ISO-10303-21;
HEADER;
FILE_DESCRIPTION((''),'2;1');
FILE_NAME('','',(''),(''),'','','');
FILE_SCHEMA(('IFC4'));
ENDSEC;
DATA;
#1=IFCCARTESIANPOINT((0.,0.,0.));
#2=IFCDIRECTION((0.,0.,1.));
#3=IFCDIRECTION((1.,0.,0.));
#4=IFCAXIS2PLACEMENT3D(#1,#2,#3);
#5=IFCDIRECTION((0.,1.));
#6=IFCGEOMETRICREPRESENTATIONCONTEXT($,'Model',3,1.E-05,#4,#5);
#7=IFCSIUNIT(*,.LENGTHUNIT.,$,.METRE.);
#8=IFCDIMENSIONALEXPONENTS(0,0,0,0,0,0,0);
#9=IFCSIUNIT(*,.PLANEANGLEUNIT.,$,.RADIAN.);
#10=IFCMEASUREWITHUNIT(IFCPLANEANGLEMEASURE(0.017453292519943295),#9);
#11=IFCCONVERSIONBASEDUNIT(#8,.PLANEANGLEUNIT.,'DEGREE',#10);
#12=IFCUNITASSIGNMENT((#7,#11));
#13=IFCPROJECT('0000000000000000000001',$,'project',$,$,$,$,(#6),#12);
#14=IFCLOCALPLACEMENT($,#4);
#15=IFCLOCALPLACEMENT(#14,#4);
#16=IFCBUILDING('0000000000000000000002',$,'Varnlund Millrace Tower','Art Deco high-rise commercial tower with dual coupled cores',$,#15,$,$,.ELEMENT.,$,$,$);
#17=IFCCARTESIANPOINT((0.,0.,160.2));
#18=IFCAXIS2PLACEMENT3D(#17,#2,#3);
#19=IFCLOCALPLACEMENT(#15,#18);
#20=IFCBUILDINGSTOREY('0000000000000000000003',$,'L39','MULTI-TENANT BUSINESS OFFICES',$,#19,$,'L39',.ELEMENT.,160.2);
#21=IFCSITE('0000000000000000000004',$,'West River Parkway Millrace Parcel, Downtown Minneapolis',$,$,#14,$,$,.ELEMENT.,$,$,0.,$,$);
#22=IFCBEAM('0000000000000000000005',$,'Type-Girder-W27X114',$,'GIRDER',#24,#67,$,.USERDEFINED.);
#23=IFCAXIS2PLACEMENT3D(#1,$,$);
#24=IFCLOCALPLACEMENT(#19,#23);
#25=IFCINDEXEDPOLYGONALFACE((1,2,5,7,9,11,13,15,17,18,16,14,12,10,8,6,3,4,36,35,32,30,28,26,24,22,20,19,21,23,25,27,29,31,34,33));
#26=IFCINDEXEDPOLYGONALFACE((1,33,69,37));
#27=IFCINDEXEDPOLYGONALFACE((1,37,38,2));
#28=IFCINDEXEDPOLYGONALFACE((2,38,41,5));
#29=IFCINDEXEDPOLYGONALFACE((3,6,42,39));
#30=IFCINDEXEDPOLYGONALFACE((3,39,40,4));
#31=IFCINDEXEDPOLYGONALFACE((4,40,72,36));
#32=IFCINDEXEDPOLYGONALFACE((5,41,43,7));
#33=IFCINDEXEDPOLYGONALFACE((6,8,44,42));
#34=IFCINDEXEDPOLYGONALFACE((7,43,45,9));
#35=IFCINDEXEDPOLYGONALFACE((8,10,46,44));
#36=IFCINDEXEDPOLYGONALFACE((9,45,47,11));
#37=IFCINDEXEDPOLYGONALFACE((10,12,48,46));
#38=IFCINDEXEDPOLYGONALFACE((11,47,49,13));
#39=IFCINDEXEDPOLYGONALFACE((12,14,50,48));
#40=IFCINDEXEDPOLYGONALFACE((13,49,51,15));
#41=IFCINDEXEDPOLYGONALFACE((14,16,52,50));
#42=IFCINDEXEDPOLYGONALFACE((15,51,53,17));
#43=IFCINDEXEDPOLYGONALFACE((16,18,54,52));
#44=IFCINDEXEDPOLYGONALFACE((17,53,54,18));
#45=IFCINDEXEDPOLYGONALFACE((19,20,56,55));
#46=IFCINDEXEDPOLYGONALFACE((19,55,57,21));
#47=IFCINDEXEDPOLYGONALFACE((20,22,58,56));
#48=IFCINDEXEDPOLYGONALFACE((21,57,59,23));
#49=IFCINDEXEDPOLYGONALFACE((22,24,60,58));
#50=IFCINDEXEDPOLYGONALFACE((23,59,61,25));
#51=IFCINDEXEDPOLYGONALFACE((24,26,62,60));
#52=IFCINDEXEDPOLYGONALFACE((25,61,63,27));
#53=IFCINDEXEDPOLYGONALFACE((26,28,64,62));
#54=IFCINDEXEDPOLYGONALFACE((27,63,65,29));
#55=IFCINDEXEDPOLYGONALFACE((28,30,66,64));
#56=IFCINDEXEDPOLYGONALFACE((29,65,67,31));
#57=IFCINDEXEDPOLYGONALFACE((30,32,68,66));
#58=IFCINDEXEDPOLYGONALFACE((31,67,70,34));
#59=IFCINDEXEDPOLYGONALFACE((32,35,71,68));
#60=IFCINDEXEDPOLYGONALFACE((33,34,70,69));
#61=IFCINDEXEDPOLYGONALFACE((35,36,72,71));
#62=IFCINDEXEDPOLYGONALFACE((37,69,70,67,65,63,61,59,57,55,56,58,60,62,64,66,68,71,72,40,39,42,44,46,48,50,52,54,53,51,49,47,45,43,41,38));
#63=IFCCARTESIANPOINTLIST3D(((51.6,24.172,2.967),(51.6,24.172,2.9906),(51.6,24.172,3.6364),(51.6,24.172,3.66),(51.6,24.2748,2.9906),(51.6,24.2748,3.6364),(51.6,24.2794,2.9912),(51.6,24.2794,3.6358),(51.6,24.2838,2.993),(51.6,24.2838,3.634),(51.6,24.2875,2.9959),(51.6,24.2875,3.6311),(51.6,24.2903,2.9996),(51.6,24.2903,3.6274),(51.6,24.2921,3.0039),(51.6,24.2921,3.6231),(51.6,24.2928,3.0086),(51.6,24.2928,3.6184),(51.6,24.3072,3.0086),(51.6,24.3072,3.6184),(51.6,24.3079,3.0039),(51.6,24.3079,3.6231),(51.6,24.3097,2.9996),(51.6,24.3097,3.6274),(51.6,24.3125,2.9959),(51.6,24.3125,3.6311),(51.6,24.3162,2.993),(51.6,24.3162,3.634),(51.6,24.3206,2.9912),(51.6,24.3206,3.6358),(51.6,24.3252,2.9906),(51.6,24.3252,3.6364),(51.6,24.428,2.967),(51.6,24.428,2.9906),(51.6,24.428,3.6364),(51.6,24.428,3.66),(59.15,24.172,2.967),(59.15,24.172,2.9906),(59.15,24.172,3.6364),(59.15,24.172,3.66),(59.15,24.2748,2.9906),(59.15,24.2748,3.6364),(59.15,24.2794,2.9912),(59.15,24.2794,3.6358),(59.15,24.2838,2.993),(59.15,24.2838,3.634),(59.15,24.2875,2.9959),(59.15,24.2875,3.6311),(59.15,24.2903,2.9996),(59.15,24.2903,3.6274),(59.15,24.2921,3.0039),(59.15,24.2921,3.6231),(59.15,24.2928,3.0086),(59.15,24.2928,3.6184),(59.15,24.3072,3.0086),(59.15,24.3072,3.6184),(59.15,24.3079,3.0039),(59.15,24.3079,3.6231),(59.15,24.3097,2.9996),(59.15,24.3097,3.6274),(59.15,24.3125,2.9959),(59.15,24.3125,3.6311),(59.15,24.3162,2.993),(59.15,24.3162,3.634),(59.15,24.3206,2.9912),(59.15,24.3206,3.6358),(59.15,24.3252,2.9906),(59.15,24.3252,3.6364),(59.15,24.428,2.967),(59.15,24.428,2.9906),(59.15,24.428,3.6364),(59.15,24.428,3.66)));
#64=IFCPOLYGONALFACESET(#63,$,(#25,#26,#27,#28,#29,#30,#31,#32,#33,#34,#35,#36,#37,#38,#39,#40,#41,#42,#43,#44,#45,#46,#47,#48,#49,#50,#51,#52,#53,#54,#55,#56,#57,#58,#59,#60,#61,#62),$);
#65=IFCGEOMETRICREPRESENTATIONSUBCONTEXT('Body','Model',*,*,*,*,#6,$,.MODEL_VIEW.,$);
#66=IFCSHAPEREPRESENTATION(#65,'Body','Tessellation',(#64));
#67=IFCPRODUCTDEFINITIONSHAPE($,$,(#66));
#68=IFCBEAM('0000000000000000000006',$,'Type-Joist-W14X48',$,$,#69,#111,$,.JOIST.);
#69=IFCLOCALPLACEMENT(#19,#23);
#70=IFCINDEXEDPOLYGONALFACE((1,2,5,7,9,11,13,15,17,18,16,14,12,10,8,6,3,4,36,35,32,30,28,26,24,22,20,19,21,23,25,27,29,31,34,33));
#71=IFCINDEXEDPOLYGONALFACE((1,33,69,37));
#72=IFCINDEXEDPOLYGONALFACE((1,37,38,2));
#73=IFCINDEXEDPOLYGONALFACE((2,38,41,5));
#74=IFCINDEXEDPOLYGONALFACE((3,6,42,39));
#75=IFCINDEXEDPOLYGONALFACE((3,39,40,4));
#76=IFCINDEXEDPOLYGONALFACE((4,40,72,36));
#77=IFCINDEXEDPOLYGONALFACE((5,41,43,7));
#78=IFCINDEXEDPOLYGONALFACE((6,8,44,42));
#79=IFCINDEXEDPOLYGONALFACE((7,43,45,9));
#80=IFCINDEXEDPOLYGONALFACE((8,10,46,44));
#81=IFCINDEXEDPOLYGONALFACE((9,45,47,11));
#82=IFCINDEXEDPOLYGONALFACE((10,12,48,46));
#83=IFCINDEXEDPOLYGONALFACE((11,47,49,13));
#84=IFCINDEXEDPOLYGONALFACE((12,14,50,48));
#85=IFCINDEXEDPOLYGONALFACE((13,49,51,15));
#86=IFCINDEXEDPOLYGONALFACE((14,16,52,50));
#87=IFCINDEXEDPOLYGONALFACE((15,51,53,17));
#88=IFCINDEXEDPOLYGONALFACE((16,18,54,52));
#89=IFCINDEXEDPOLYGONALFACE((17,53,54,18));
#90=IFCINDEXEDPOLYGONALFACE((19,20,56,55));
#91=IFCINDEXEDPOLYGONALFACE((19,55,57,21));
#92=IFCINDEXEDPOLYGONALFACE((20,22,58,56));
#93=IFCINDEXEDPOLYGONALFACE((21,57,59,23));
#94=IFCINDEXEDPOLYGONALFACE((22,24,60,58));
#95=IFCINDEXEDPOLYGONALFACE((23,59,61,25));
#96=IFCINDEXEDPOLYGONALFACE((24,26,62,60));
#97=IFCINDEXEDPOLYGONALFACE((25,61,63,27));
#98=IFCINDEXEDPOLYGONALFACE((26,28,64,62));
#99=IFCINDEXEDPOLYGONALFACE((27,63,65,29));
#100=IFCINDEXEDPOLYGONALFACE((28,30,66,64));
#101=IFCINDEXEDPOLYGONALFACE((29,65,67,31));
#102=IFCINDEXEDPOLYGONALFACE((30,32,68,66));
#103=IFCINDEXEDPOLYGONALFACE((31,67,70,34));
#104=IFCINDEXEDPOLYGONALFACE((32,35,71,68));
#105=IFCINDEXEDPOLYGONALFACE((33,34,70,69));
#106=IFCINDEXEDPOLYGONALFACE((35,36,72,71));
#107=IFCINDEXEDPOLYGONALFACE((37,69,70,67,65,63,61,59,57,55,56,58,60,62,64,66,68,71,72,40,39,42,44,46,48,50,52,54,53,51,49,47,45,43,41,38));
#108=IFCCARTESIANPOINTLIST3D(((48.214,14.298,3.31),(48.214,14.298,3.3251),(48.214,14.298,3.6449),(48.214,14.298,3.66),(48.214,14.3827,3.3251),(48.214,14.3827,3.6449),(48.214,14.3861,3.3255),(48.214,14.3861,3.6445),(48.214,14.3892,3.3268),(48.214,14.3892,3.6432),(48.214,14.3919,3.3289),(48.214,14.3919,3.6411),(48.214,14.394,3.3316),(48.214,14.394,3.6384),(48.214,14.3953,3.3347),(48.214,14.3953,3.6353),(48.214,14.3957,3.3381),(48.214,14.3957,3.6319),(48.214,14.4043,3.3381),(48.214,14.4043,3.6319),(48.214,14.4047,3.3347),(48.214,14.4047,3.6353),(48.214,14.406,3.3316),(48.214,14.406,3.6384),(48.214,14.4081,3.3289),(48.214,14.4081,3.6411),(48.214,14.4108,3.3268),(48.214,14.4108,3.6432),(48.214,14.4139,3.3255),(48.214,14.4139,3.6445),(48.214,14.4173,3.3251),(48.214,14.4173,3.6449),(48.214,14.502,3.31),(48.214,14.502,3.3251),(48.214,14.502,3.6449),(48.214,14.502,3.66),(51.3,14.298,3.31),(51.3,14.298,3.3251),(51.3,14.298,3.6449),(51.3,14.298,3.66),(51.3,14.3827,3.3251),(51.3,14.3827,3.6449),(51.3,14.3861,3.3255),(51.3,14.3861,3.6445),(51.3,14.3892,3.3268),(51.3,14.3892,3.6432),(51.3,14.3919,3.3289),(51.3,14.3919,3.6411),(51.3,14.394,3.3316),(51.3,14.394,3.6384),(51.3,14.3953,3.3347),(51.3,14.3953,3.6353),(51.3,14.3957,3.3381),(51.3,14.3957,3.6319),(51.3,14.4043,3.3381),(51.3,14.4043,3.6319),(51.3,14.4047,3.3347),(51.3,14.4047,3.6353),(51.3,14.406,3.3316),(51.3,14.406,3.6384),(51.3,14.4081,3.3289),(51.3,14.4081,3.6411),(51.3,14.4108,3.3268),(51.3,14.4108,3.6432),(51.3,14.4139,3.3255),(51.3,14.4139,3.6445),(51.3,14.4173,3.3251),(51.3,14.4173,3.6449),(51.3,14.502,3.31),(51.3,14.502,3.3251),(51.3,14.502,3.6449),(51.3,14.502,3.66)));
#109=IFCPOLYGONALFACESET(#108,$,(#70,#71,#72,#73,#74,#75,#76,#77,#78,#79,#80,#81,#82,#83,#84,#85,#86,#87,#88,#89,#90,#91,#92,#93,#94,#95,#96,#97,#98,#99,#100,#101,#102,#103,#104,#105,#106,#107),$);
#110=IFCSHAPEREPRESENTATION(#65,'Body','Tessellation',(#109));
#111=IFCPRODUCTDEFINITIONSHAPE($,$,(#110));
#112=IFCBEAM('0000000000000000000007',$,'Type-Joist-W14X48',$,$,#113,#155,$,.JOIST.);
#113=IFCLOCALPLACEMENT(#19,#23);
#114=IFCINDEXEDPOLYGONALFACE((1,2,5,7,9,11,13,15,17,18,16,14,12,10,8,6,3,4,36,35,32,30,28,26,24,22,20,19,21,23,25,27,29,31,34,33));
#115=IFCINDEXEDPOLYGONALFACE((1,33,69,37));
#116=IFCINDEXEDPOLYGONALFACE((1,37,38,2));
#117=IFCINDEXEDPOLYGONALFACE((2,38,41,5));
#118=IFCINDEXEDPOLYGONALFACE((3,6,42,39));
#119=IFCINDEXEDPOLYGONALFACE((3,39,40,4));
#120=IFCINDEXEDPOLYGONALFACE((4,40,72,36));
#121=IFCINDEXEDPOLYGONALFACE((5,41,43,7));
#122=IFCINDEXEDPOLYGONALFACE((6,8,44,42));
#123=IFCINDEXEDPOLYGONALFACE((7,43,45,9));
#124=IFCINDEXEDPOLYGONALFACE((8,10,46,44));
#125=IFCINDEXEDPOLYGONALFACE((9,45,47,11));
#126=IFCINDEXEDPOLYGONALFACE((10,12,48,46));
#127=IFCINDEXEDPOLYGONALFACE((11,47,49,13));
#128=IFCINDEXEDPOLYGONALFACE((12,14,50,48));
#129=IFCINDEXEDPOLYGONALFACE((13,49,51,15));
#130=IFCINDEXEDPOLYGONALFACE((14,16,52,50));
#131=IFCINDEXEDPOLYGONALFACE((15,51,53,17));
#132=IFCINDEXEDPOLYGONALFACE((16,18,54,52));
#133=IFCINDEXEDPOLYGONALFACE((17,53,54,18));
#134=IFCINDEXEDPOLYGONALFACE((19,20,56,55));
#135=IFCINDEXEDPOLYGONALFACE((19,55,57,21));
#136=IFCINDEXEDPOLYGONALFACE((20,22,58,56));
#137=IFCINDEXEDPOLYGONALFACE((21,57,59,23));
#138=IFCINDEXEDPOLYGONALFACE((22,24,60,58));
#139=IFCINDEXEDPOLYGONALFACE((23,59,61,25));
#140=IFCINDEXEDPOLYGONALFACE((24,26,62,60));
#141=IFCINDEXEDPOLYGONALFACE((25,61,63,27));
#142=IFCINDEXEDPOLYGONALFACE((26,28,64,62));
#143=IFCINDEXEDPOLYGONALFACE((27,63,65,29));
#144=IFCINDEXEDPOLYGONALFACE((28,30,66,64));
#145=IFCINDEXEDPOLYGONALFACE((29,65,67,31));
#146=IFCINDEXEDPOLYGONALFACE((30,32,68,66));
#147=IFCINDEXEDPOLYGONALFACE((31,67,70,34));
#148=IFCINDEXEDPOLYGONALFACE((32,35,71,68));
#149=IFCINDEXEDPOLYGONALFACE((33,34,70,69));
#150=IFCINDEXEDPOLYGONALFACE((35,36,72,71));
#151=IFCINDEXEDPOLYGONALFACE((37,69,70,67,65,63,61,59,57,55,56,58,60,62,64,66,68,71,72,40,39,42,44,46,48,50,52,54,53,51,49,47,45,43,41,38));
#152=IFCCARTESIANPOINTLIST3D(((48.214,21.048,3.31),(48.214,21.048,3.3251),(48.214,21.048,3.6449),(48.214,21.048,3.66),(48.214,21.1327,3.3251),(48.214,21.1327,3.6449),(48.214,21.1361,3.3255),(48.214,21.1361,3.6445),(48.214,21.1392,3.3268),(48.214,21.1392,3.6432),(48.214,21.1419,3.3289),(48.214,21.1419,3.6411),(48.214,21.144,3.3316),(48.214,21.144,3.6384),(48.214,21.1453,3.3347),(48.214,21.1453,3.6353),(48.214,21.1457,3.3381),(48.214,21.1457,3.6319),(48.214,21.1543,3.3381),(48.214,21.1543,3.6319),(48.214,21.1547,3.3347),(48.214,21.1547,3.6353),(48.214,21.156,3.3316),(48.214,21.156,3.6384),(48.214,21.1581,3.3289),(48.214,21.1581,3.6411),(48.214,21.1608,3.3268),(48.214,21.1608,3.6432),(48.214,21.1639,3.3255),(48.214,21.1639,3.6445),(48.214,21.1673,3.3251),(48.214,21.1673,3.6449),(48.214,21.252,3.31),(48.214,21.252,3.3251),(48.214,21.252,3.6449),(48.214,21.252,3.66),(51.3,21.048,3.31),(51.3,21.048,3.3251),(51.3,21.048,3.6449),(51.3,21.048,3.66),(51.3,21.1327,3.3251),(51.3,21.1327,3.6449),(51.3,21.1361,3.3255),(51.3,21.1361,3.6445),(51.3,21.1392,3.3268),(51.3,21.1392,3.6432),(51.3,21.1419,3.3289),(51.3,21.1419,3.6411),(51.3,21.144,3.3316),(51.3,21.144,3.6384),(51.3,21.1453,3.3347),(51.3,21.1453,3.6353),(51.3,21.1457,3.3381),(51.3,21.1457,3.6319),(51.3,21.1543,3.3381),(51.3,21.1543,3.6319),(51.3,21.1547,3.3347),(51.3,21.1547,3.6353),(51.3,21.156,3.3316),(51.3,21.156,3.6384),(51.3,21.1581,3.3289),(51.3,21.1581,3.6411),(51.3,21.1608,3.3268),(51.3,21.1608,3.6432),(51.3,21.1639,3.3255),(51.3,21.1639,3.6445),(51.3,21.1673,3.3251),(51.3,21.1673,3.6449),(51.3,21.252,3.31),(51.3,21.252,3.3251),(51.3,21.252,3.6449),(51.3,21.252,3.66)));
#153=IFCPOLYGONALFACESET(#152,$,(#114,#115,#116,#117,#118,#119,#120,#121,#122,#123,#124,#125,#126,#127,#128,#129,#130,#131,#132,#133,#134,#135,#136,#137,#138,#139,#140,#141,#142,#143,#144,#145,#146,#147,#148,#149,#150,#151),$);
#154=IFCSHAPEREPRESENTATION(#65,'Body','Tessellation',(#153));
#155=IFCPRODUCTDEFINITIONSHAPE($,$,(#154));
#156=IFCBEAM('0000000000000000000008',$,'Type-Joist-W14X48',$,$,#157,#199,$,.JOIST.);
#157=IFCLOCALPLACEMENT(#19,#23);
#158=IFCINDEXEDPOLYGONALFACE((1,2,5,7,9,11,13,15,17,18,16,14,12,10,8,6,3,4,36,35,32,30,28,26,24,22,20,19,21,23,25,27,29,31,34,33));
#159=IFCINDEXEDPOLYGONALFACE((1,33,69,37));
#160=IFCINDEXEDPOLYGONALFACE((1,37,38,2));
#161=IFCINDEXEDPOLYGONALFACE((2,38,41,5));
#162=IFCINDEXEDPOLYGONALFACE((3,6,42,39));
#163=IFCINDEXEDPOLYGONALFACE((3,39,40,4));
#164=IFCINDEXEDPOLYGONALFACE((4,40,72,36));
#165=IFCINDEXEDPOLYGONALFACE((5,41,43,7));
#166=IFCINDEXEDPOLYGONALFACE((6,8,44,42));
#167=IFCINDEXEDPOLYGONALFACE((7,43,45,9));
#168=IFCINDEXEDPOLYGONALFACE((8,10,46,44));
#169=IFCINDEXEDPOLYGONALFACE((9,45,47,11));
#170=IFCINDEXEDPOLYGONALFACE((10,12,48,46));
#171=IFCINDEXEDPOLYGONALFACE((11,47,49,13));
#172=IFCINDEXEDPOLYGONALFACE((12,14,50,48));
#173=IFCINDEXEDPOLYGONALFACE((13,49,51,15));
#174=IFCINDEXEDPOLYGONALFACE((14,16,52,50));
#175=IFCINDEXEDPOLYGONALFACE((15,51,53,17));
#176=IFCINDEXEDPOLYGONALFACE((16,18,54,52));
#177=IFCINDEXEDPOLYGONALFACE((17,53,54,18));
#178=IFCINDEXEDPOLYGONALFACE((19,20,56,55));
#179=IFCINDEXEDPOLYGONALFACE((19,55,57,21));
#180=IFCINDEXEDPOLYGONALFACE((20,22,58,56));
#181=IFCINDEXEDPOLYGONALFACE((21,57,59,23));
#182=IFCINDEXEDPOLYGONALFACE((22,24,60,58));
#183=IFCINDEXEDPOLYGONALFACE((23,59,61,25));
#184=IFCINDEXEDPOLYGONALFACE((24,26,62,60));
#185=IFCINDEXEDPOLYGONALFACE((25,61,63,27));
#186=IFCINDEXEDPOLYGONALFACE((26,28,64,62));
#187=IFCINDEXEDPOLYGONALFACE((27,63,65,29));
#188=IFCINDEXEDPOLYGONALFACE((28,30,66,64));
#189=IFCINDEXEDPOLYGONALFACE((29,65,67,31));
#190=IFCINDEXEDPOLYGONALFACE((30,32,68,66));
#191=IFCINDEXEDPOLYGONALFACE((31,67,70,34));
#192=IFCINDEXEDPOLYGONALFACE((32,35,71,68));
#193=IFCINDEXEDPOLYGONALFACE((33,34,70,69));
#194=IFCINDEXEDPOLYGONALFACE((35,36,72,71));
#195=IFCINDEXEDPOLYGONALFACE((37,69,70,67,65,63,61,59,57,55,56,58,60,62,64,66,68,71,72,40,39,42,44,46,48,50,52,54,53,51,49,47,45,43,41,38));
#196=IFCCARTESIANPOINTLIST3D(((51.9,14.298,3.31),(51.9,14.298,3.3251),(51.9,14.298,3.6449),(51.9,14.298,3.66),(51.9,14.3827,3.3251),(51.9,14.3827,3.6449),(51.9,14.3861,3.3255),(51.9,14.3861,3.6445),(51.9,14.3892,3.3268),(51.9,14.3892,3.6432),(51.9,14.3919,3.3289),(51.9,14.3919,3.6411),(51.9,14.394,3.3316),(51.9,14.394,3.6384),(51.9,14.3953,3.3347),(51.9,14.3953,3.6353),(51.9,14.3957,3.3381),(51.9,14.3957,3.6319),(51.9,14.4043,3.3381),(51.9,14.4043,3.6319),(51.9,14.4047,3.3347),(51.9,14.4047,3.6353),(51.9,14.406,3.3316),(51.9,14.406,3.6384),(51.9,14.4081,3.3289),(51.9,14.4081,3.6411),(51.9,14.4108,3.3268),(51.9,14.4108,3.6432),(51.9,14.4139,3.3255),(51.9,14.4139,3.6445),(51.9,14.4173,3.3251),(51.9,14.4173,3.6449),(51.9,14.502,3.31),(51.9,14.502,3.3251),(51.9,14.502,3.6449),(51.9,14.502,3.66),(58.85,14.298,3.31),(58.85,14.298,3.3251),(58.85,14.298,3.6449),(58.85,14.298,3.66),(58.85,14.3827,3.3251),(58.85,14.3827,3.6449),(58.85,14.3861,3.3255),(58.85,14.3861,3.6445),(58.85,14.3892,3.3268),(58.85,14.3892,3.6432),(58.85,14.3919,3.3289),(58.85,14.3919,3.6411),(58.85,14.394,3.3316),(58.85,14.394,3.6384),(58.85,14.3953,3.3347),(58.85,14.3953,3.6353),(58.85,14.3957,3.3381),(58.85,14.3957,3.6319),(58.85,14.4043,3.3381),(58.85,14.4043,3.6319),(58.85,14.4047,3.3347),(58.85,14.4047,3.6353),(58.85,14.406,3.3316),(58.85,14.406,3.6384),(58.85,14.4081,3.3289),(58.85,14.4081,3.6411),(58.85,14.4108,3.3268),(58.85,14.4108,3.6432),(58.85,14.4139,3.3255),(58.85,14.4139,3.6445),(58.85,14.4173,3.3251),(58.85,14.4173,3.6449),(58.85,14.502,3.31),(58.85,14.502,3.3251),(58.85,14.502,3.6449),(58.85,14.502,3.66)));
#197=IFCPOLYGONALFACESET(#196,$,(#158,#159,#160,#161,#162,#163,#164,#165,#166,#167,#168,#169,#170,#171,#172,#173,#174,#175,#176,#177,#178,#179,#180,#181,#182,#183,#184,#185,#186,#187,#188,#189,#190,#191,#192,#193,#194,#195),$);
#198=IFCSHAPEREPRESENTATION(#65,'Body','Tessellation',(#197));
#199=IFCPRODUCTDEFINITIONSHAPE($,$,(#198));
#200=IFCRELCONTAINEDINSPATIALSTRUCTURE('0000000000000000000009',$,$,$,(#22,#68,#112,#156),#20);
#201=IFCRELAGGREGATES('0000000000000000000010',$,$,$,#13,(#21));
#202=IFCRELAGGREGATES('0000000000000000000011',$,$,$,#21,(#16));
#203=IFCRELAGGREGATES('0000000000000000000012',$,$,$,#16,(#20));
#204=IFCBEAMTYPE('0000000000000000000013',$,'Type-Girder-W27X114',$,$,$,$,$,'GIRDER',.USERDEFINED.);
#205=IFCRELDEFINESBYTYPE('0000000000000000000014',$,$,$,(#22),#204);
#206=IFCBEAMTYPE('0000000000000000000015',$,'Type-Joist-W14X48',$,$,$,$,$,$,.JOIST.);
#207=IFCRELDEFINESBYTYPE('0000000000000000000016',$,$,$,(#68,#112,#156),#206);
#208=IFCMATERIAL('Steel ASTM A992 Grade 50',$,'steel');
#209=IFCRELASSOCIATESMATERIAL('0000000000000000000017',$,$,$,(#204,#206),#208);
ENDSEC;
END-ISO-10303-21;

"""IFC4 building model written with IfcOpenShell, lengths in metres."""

from ifc_helpers import new_model, entity, si_unit, converted_unit, direction, frame, origin_with_axes, origin_2d_with_axis, place, context, subcontext, project, spatial, i_section, extrude, material, material_profile, profile_set, type_object, element, save


model = new_model("IFC4")

# Units and contexts
model_context = context("Model", 3, precision=1e-05, world=origin_with_axes(), true_north=direction((0.0, 1.0)))
body_context = subcontext(model_context, "Body", "Model", "MODEL_VIEW")
ifc_project = project(units=[si_unit("LENGTHUNIT", "METRE"), converted_unit("PLANEANGLEUNIT", "DEGREE", entity("IfcPlaneAngleMeasure", 0.017453292519943295), si_unit("PLANEANGLEUNIT", "RADIAN"), dimensions=[0, 0, 0, 0, 0, 0, 0])], contexts=[model_context])

# Site, building, storey
site_placement = place(None, origin_with_axes())
site = spatial("IfcSite", under=ifc_project, at=site_placement, Name="West River Parkway Millrace Parcel, Downtown Minneapolis", CompositionType="ELEMENT", RefElevation=0.0)
building_placement = place(site_placement, origin_with_axes())
building = spatial("IfcBuilding", under=site, at=building_placement, Name="Varnlund Millrace Tower", Description="Art Deco high-rise commercial tower with dual coupled cores", CompositionType="ELEMENT")
storey_placement = place(building_placement, frame((0.0, 0.0, 160.2), z_axis=(0.0, 0.0, 1.0), x_axis=(1.0, 0.0, 0.0)))
storey = spatial("IfcBuildingStorey", under=building, at=storey_placement, Name="L39", Description="MULTI-TENANT BUSINESS OFFICES", LongName="L39", CompositionType="ELEMENT", Elevation=160.2)

# Beams
ifc_material_1 = material(Name="Steel ASTM A992 Grade 50", Category="steel")
ifc_material_profile_1 = material_profile(ifc_material_1, i_section(OverallWidth=0.256, OverallDepth=0.693, WebThickness=0.0145, FlangeThickness=0.0236, FilletRadius=0.018, at=origin_2d_with_axis()), Name="Steel ASTM A992 Grade 50")
ifc_profile_set_1 = profile_set([ifc_material_profile_1], Name="Steel ASTM A992 Grade 50")
beam_type_1 = type_object("IfcBeamType", Name="Type-Girder-W27X114", ElementType="GIRDER", PredefinedType="USERDEFINED", material=ifc_profile_set_1)
beam_1_placement = place(storey_placement, frame((51.6, 24.3, 3.3135), z_axis=(1.0, 0.0, 0.0), x_axis=(0.0, 1.0, 0.0)))
element("IfcBeam", 1, at=beam_1_placement, inside=storey, type_object=beam_type_1, Name="Type-Girder-W27X114", ObjectType="GIRDER", PredefinedType="USERDEFINED", context=body_context, shape_type="SweptSolid", body=[
    extrude(i_section(OverallWidth=0.256, OverallDepth=0.693, WebThickness=0.0145, FlangeThickness=0.0236, FilletRadius=0.018, at=origin_2d_with_axis()), origin_with_axes(), (0.0, 0.0, 1.0), 7.55),
])
ifc_material_profile_2 = material_profile(ifc_material_1, i_section(OverallWidth=0.204, OverallDepth=0.35, WebThickness=0.0086, FlangeThickness=0.0151, FilletRadius=0.013, at=origin_2d_with_axis()), Name="Steel ASTM A992 Grade 50")
ifc_profile_set_2 = profile_set([ifc_material_profile_2], Name="Steel ASTM A992 Grade 50")
beam_type_2 = type_object("IfcBeamType", Name="Type-Joist-W14X48", PredefinedType="JOIST", material=ifc_profile_set_2)
for number, where, z_axis, x_axis, name in (
    (2, (48.214, 14.4, 3.485), (1.0, 0.0, 0.0), (0.0, 1.0, 0.0), "Type-Joist-W14X48"),
    (3, (48.214, 21.15, 3.485), (1.0, 0.0, 0.0), (0.0, 1.0, 0.0), "Type-Joist-W14X48"),
):
    element("IfcBeam", number, at=place(storey_placement, frame(where, z_axis=z_axis, x_axis=x_axis)), inside=storey, type_object=beam_type_2, Name=name, PredefinedType="JOIST", context=body_context, shape_type="SweptSolid", body=[
        extrude(i_section(OverallWidth=0.204, OverallDepth=0.35, WebThickness=0.0086, FlangeThickness=0.0151, FilletRadius=0.013, at=origin_2d_with_axis()), origin_with_axes(), (0.0, 0.0, 1.0), 3.086),
    ])
for number, where, z_axis, x_axis, name in (
    (4, (51.9, 14.4, 3.485), (1.0, 0.0, 0.0), (0.0, 1.0, 0.0), "Type-Joist-W14X48"),
):
    element("IfcBeam", number, at=place(storey_placement, frame(where, z_axis=z_axis, x_axis=x_axis)), inside=storey, type_object=beam_type_2, Name=name, PredefinedType="JOIST", context=body_context, shape_type="SweptSolid", body=[
        extrude(i_section(OverallWidth=0.204, OverallDepth=0.35, WebThickness=0.0086, FlangeThickness=0.0151, FilletRadius=0.013, at=origin_2d_with_axis()), origin_with_axes(), (0.0, 0.0, 1.0), 6.95),
    ])

save(model, "model.ifc")
